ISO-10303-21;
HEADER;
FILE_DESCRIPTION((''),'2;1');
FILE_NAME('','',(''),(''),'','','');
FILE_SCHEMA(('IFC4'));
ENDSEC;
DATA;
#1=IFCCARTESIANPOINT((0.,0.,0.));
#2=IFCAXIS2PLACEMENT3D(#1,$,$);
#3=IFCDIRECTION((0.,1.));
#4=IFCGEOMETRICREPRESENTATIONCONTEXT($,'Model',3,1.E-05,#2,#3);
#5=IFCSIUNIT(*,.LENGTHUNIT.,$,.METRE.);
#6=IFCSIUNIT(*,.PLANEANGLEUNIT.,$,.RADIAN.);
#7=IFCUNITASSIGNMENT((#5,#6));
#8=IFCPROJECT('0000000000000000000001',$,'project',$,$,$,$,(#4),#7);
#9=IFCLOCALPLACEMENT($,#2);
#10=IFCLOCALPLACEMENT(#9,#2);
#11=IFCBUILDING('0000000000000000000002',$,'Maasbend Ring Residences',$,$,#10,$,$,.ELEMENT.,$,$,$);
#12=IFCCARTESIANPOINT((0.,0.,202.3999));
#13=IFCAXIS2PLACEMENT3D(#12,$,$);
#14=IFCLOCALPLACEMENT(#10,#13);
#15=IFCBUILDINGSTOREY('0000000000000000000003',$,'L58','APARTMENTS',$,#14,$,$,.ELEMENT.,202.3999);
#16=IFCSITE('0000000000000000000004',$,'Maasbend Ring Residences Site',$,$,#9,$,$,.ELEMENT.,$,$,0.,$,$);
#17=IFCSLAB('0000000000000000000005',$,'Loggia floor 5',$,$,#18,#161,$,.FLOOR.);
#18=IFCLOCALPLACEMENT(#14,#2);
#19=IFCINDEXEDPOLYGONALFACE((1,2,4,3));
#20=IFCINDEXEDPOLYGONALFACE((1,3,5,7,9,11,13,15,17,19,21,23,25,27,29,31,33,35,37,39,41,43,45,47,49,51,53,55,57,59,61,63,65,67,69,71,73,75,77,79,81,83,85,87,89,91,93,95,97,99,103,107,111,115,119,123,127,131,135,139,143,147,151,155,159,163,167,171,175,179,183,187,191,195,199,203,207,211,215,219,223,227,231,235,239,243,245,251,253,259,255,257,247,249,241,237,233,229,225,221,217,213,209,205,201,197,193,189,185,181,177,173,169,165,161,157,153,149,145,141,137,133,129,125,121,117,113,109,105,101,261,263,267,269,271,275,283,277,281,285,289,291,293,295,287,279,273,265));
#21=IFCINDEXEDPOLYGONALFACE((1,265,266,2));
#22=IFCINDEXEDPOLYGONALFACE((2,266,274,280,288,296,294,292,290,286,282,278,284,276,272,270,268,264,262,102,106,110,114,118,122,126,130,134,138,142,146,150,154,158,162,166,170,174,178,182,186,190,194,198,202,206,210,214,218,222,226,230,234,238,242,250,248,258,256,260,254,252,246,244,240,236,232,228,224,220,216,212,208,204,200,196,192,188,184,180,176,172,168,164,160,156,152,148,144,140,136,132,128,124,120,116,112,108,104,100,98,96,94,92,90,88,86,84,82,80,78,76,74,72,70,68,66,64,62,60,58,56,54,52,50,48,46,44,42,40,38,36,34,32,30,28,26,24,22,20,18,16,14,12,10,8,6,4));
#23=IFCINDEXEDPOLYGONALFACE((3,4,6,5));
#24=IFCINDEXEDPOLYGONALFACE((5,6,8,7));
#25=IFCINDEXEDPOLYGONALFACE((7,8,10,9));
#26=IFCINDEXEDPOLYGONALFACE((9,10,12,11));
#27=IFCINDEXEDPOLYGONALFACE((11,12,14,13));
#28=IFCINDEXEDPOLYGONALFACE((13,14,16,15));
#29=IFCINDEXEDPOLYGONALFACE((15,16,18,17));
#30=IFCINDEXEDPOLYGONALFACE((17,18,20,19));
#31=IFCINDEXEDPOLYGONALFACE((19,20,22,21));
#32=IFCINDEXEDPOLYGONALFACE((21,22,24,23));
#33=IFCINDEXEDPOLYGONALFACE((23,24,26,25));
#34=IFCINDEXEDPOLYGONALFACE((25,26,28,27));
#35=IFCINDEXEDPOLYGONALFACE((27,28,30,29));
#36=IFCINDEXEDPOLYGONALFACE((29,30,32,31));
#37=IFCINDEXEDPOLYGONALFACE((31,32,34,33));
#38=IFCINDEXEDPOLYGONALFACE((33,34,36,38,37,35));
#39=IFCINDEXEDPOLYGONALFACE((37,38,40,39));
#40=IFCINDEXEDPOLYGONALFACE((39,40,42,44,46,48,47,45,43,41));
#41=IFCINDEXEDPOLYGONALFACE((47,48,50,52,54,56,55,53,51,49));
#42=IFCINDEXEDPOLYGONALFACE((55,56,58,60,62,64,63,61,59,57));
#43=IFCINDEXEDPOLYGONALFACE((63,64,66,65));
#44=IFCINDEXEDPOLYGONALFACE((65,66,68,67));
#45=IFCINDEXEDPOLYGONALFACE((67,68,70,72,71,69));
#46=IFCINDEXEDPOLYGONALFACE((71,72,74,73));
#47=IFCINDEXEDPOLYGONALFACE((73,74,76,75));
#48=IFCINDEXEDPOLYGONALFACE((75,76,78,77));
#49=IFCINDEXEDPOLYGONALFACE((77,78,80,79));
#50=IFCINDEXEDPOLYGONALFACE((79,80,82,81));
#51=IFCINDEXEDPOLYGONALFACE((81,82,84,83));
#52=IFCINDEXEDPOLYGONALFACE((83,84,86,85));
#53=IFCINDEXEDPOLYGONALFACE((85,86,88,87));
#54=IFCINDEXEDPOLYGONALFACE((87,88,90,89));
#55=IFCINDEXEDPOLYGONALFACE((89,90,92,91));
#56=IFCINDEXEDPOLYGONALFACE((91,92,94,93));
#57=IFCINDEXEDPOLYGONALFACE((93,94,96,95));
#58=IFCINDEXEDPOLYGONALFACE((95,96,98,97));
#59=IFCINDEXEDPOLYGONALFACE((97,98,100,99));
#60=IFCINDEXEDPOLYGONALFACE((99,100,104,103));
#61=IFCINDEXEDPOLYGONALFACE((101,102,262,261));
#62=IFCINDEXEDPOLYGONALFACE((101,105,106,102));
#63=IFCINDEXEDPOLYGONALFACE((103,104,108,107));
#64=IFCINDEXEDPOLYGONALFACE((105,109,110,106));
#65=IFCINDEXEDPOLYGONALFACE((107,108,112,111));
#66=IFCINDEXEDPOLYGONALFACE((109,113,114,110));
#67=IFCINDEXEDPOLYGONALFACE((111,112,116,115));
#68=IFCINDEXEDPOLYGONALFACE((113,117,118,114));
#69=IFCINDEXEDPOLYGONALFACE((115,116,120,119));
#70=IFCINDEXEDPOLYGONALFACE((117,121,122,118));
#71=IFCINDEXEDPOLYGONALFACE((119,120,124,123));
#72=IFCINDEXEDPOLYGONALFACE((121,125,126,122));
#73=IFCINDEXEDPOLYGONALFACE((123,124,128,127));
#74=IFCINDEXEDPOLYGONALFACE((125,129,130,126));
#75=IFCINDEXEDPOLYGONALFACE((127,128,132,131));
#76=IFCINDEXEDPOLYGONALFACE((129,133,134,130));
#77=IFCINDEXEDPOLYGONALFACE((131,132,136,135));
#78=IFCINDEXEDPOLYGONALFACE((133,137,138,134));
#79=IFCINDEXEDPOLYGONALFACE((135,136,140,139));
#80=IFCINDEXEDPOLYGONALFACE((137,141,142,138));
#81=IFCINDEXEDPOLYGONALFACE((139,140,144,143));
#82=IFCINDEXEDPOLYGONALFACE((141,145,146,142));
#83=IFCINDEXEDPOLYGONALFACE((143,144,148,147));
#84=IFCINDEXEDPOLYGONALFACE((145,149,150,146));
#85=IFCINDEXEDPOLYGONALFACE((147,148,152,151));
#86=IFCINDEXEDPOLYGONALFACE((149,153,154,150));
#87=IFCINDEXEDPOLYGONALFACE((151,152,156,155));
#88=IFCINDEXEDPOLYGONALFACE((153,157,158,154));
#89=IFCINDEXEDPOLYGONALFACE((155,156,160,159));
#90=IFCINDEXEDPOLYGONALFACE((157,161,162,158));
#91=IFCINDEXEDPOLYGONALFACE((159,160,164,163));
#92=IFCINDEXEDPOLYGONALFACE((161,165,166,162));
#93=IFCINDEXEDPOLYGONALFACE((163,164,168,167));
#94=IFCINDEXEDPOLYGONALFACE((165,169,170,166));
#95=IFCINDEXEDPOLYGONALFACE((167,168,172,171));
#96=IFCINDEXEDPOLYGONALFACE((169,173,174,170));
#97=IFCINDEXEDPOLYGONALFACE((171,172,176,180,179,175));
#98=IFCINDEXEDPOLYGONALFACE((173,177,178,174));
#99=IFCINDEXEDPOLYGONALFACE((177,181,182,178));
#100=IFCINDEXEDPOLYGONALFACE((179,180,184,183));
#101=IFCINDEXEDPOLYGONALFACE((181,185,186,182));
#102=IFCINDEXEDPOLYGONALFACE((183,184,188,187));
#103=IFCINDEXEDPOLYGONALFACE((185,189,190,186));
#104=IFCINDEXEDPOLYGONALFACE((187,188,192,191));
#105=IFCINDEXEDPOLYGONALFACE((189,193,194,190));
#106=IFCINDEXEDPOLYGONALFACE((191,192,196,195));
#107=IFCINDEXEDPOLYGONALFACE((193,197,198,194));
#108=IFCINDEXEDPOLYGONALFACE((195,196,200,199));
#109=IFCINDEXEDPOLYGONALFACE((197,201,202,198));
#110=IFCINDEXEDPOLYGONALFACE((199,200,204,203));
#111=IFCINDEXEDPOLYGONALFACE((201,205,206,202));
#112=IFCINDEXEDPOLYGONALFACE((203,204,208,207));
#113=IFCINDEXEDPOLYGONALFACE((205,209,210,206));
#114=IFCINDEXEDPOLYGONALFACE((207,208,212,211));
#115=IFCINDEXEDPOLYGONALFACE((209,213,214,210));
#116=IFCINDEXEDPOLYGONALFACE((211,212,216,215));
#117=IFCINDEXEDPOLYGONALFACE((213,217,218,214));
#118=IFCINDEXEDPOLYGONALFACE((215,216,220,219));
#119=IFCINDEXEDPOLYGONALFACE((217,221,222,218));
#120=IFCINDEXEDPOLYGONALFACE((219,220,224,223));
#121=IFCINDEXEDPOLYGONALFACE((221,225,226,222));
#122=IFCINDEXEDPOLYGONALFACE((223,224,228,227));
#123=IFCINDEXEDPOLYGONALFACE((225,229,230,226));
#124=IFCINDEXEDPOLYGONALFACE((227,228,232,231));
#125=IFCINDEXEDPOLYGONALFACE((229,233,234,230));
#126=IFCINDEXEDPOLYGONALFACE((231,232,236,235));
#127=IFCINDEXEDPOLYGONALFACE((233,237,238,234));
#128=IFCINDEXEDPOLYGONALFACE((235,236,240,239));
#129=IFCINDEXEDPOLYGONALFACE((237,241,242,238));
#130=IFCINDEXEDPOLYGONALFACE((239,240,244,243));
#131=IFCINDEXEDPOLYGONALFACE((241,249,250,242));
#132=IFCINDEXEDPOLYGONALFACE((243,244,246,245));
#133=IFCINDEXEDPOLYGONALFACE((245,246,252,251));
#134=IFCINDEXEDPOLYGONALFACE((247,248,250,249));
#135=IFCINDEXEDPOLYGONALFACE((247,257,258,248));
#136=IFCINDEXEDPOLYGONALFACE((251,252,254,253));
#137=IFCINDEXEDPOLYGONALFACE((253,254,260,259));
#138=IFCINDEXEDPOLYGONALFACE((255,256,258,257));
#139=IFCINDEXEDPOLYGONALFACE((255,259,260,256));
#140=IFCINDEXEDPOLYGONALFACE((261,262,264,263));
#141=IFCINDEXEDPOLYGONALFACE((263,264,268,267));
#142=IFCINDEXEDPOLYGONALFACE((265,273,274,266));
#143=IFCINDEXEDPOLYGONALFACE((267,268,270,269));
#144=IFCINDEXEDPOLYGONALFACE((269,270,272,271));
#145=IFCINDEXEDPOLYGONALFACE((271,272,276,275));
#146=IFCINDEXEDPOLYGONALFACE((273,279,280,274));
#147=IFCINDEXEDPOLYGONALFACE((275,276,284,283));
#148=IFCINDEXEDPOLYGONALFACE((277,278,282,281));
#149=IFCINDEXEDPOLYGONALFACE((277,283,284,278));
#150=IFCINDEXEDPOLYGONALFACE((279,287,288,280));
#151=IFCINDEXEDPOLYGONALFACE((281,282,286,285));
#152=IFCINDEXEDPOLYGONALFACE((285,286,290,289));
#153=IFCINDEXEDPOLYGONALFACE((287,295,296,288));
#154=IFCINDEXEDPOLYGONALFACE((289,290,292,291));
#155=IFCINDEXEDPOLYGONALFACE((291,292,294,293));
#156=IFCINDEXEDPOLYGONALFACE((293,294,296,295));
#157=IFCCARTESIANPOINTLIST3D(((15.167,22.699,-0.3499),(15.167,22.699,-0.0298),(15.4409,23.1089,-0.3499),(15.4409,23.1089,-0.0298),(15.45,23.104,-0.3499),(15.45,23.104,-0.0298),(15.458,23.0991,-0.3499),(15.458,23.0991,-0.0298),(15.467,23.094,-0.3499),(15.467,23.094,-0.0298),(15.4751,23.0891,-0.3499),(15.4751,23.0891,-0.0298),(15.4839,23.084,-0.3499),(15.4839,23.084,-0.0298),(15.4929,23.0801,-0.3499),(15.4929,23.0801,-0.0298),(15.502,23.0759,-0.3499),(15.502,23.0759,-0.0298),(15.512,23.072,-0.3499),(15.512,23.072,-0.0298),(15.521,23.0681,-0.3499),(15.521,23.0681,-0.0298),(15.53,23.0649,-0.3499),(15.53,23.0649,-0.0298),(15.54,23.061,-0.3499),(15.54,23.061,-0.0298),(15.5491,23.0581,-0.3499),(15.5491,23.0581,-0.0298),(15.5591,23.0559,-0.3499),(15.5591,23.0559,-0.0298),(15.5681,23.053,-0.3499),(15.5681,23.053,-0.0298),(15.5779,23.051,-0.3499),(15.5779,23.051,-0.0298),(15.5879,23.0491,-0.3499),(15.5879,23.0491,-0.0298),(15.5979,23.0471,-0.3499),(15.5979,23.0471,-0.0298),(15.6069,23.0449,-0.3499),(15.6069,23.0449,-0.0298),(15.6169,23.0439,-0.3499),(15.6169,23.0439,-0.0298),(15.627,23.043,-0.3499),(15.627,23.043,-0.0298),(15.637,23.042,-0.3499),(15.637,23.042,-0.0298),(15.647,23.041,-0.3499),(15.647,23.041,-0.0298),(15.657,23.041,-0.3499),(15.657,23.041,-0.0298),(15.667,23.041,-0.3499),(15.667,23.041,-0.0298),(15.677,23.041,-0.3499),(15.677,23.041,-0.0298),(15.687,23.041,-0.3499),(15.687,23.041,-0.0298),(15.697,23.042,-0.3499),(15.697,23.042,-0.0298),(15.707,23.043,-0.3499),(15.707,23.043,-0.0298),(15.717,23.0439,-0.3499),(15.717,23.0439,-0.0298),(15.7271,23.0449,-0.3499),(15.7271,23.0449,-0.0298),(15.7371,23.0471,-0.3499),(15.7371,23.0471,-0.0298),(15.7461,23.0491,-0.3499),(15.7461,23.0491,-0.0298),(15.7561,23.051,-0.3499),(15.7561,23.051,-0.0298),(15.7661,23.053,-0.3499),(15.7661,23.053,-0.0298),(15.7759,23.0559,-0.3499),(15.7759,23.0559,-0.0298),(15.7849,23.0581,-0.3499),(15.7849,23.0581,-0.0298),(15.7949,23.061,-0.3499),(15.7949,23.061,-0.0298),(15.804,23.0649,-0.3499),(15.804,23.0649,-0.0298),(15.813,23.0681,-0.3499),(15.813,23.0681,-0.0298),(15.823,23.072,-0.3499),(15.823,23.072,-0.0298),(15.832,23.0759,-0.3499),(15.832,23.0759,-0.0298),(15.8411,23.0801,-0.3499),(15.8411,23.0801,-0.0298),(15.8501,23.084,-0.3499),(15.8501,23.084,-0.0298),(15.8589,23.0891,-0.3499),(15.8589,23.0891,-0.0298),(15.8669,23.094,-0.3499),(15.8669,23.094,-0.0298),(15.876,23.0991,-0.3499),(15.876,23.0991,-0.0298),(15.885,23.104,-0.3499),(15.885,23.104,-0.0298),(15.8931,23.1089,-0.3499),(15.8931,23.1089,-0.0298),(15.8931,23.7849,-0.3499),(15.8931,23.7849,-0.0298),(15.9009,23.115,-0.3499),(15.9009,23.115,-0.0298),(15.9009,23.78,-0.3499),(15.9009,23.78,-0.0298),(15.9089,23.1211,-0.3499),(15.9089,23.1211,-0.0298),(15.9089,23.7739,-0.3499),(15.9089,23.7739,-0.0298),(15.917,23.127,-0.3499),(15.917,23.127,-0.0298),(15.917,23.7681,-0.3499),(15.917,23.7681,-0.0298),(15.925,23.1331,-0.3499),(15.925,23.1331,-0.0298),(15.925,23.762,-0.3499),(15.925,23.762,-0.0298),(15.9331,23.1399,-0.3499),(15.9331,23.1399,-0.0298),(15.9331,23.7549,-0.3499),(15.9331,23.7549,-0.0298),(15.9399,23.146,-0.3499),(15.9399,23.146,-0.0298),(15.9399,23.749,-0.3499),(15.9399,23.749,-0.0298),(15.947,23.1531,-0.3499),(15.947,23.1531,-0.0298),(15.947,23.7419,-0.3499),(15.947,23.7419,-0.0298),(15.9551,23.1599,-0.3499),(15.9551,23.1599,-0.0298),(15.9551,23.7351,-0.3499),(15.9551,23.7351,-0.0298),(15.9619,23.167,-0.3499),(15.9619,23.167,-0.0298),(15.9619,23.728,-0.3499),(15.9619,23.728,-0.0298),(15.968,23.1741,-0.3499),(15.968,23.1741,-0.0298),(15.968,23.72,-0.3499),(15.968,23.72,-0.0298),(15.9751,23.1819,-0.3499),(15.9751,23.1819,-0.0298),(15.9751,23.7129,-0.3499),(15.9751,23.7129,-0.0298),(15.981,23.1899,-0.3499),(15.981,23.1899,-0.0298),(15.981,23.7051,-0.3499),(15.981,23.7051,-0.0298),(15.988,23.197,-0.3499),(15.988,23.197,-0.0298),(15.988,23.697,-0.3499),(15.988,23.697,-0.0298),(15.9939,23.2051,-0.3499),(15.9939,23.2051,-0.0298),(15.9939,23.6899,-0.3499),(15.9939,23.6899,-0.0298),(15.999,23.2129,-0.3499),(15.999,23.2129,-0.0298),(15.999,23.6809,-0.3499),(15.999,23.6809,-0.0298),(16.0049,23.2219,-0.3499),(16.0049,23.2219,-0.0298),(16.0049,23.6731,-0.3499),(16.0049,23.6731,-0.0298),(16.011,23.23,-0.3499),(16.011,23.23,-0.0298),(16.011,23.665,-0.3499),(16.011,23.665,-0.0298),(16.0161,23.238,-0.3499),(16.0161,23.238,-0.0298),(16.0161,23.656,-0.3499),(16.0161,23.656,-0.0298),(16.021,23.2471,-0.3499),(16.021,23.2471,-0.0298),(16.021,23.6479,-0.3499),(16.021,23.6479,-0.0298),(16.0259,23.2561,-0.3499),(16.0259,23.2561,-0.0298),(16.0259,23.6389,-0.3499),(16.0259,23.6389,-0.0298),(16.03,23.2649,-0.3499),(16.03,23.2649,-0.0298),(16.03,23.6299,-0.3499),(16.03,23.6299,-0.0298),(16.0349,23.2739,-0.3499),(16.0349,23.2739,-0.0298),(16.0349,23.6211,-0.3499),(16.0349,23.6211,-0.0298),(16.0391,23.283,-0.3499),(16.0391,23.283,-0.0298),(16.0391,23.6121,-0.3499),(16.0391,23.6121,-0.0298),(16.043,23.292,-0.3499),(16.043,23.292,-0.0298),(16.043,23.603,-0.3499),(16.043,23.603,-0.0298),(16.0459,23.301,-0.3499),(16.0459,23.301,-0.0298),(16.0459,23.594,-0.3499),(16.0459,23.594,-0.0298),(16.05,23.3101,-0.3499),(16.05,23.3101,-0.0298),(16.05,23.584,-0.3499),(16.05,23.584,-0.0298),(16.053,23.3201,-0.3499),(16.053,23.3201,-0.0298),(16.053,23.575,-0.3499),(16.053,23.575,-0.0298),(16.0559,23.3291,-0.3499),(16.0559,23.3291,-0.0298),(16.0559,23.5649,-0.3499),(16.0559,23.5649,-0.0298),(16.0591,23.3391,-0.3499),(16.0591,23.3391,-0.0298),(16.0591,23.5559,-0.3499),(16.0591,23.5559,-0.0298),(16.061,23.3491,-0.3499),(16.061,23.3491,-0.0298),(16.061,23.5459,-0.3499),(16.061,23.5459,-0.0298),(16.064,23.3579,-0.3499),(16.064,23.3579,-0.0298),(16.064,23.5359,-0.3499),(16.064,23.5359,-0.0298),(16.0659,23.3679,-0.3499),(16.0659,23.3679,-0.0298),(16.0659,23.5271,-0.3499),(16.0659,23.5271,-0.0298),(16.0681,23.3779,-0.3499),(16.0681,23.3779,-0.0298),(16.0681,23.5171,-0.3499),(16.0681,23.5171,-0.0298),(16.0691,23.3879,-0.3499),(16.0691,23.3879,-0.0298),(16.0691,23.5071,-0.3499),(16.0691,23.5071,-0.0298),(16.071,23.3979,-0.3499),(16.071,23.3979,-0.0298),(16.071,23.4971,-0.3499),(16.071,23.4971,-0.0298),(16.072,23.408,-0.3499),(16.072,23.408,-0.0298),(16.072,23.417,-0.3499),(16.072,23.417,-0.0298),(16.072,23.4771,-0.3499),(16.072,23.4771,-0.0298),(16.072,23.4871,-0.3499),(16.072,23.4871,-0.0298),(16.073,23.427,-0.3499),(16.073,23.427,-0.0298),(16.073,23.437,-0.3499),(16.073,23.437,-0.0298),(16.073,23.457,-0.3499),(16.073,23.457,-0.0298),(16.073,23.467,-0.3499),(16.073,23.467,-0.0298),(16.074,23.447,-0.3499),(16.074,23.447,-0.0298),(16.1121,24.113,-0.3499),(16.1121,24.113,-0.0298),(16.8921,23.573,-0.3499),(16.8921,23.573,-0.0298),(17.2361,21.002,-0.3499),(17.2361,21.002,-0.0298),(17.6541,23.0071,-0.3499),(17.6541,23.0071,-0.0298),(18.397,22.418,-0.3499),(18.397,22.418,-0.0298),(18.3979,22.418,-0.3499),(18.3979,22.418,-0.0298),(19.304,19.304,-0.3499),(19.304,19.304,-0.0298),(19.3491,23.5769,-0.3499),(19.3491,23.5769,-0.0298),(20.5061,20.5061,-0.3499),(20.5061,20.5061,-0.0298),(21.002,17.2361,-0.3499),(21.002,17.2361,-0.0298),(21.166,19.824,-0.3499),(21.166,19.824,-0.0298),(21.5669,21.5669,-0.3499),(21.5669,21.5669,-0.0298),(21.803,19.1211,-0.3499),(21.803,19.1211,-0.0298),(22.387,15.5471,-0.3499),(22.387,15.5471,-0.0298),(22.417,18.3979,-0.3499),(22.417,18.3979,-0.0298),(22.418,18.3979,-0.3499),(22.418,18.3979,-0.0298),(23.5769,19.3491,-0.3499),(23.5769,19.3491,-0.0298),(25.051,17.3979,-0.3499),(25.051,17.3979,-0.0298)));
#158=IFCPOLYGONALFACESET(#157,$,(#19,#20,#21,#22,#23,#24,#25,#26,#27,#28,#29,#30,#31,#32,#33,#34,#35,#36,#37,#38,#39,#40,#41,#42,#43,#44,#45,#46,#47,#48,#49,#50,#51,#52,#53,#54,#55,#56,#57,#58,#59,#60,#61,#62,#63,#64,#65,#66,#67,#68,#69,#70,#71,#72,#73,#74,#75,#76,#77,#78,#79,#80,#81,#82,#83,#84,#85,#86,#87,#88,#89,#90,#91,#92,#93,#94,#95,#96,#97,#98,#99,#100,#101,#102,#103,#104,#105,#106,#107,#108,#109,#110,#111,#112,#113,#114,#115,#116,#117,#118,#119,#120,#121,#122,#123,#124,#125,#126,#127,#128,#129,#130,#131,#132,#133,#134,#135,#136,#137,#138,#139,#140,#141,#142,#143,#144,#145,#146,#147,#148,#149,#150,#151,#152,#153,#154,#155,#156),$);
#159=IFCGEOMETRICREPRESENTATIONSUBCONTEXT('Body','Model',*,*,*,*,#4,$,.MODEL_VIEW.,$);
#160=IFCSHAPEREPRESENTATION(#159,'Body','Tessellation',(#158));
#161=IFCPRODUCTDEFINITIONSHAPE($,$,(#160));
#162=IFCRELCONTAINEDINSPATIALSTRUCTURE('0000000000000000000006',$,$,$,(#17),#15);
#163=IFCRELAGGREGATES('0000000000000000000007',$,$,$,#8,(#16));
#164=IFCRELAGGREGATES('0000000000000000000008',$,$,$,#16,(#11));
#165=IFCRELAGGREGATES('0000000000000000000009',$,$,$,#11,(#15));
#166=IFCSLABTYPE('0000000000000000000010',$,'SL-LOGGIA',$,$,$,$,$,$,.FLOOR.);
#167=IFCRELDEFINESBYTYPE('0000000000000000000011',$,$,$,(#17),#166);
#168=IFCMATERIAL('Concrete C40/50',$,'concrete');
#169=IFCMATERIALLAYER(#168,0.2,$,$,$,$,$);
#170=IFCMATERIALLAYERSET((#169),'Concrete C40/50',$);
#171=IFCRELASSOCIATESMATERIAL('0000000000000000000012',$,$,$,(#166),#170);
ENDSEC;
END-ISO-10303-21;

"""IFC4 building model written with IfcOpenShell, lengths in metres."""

from ifc_helpers import new_model, si_unit, direction, frame, origin, place, context, subcontext, project, spatial, polyline, outline, extrude, material, layer, layer_set, type_object, element, save


model = new_model("IFC4")

# Units and contexts
model_context = context("Model", 3, precision=1e-05, world=origin(), true_north=direction((0.0, 1.0)))
body_context = subcontext(model_context, "Body", "Model", "MODEL_VIEW")
ifc_project = project(units=[si_unit("LENGTHUNIT", "METRE"), si_unit("PLANEANGLEUNIT", "RADIAN")], contexts=[model_context])

# Site, building, storey
site_placement = place(None, origin())
site = spatial("IfcSite", under=ifc_project, at=site_placement, Name="Maasbend Ring Residences Site", CompositionType="ELEMENT", RefElevation=0.0)
building_placement = place(site_placement, origin())
building = spatial("IfcBuilding", under=site, at=building_placement, Name="Maasbend Ring Residences", CompositionType="ELEMENT")
storey_placement = place(building_placement, frame((0.0, 0.0, 202.3999)))
storey = spatial("IfcBuildingStorey", under=building, at=storey_placement, Name="L58", Description="APARTMENTS", CompositionType="ELEMENT", Elevation=202.3999)

# Slab
ifc_material_1 = material(Name="Concrete C40/50", Category="concrete")
ifc_layer_1 = layer(ifc_material_1, 0.2)
ifc_layer_set_1 = layer_set([ifc_layer_1], Name="Concrete C40/50")
slab_type_1 = type_object("IfcSlabType", Name="SL-LOGGIA", PredefinedType="FLOOR", material=ifc_layer_set_1)
slab_1_placement = place(storey_placement, frame((0.0, 0.0, -0.3499)))
element("IfcSlab", 1, at=slab_1_placement, inside=storey, type_object=slab_type_1, Name="Loggia floor 5", PredefinedType="FLOOR", context=body_context, shape_type="SweptSolid", body=[
    extrude(outline(polyline([(15.458, 23.0991), (15.467, 23.094), (15.4751, 23.0891), (15.4839, 23.084), (15.4929, 23.0801), (15.502, 23.0759), (15.512, 23.072), (15.521, 23.0681), (15.53, 23.0649), (15.54, 23.061), (15.5491, 23.0581), (15.5591, 23.0559), (15.5681, 23.053), (15.5779, 23.051), (15.5879, 23.0491), (15.5979, 23.0471), (15.6069, 23.0449), (15.6169, 23.0439), (15.627, 23.043), (15.637, 23.042), (15.647, 23.041), (15.657, 23.041), (15.667, 23.041), (15.677, 23.041), (15.687, 23.041), (15.697, 23.042), (15.707, 23.043), (15.717, 23.0439), (15.7271, 23.0449), (15.7371, 23.0471), (15.7461, 23.0491), (15.7561, 23.051), (15.7661, 23.053), (15.7759, 23.0559), (15.7849, 23.0581), (15.7949, 23.061), (15.804, 23.0649), (15.813, 23.0681), (15.823, 23.072), (15.832, 23.0759), (15.8411, 23.0801), (15.8501, 23.084), (15.8589, 23.0891), (15.8669, 23.094), (15.876, 23.0991), (15.885, 23.104), (15.8931, 23.1089), (15.9009, 23.115), (15.9089, 23.1211), (15.917, 23.127), (15.925, 23.1331), (15.9331, 23.1399), (15.9399, 23.146), (15.947, 23.1531), (15.9551, 23.1599), (15.9619, 23.167), (15.968, 23.1741), (15.9751, 23.1819), (15.981, 23.1899), (15.988, 23.197), (15.9939, 23.2051), (15.999, 23.2129), (16.0049, 23.2219), (16.011, 23.23), (16.0161, 23.238), (16.021, 23.2471), (16.0259, 23.2561), (16.03, 23.2649), (16.0349, 23.2739), (16.0391, 23.283), (16.043, 23.292), (16.0459, 23.301), (16.05, 23.3101), (16.053, 23.3201), (16.0559, 23.3291), (16.0591, 23.3391), (16.061, 23.3491), (16.064, 23.3579), (16.0659, 23.3679), (16.0681, 23.3779), (16.0691, 23.3879), (16.071, 23.3979), (16.072, 23.408), (16.072, 23.417), (16.073, 23.427), (16.073, 23.437), (16.074, 23.447), (16.073, 23.457), (16.073, 23.467), (16.072, 23.4771), (16.072, 23.4871), (16.071, 23.4971), (16.0691, 23.5071), (16.0681, 23.5171), (16.0659, 23.5271), (16.064, 23.5359), (16.061, 23.5459), (16.0591, 23.5559), (16.0559, 23.5649), (16.053, 23.575), (16.05, 23.584), (16.0459, 23.594), (16.043, 23.603), (16.0391, 23.6121), (16.0349, 23.6211), (16.03, 23.6299), (16.0259, 23.6389), (16.021, 23.6479), (16.0161, 23.656), (16.011, 23.665), (16.0049, 23.6731), (15.999, 23.6809), (15.9939, 23.6899), (15.988, 23.697), (15.981, 23.7051), (15.9751, 23.7129), (15.968, 23.72), (15.9619, 23.728), (15.9551, 23.7351), (15.947, 23.7419), (15.9399, 23.749), (15.9331, 23.7549), (15.925, 23.762), (15.917, 23.7681), (15.9089, 23.7739), (15.9009, 23.78), (15.8931, 23.7849), (15.8931, 23.7849), (16.1121, 24.113), (16.1121, 24.113), (16.1121, 24.113), (16.8921, 23.573), (16.8921, 23.573), (17.6541, 23.0071), (17.6541, 23.0071), (18.397, 22.418), (18.397, 22.418), (18.397, 22.418), (18.397, 22.418), (18.397, 22.418), (18.397, 22.418), (18.397, 22.418), (18.397, 22.418), (18.397, 22.418), (18.397, 22.418), (18.397, 22.418), (18.3979, 22.418), (18.3979, 22.418), (18.3979, 22.418), (18.3979, 22.418), (18.3979, 22.418), (18.3979, 22.418), (19.3491, 23.5769), (19.3491, 23.5769), (19.3491, 23.5769), (21.5669, 21.5669), (21.5669, 21.5669), (21.5669, 21.5669), (20.5061, 20.5061), (20.5061, 20.5061), (20.5061, 20.5061), (20.5061, 20.5061), (20.5061, 20.5061), (20.5061, 20.5061), (20.5061, 20.5061), (20.5061, 20.5061), (20.5061, 20.5061), (20.5061, 20.5061), (20.5061, 20.5061), (20.5061, 20.5061), (20.5061, 20.5061), (20.5061, 20.5061), (20.5061, 20.5061), (20.5061, 20.5061), (20.5061, 20.5061), (21.166, 19.824), (21.166, 19.824), (21.803, 19.1211), (21.803, 19.1211), (22.417, 18.3979), (22.417, 18.3979), (22.417, 18.3979), (22.417, 18.3979), (22.417, 18.3979), (22.417, 18.3979), (22.417, 18.3979), (22.417, 18.3979), (22.417, 18.3979), (22.417, 18.3979), (22.417, 18.3979), (22.417, 18.3979), (22.418, 18.3979), (22.418, 18.3979), (22.418, 18.3979), (22.418, 18.3979), (22.418, 18.3979), (23.5769, 19.3491), (23.5769, 19.3491), (23.5769, 19.3491), (25.051, 17.3979), (25.051, 17.3979), (25.051, 17.3979), (22.387, 15.5471), (22.387, 15.5471), (22.387, 15.5471), (21.002, 17.2361), (19.304, 19.304), (19.304, 19.304), (19.304, 19.304), (17.2361, 21.002), (15.167, 22.699), (15.167, 22.699), (15.167, 22.699), (15.4409, 23.1089), (15.4409, 23.1089), (15.45, 23.104), (15.458, 23.0991)])), origin(), (0.0, 0.0, 1.0), 0.3201),
])

save(model, "model.ifc")
